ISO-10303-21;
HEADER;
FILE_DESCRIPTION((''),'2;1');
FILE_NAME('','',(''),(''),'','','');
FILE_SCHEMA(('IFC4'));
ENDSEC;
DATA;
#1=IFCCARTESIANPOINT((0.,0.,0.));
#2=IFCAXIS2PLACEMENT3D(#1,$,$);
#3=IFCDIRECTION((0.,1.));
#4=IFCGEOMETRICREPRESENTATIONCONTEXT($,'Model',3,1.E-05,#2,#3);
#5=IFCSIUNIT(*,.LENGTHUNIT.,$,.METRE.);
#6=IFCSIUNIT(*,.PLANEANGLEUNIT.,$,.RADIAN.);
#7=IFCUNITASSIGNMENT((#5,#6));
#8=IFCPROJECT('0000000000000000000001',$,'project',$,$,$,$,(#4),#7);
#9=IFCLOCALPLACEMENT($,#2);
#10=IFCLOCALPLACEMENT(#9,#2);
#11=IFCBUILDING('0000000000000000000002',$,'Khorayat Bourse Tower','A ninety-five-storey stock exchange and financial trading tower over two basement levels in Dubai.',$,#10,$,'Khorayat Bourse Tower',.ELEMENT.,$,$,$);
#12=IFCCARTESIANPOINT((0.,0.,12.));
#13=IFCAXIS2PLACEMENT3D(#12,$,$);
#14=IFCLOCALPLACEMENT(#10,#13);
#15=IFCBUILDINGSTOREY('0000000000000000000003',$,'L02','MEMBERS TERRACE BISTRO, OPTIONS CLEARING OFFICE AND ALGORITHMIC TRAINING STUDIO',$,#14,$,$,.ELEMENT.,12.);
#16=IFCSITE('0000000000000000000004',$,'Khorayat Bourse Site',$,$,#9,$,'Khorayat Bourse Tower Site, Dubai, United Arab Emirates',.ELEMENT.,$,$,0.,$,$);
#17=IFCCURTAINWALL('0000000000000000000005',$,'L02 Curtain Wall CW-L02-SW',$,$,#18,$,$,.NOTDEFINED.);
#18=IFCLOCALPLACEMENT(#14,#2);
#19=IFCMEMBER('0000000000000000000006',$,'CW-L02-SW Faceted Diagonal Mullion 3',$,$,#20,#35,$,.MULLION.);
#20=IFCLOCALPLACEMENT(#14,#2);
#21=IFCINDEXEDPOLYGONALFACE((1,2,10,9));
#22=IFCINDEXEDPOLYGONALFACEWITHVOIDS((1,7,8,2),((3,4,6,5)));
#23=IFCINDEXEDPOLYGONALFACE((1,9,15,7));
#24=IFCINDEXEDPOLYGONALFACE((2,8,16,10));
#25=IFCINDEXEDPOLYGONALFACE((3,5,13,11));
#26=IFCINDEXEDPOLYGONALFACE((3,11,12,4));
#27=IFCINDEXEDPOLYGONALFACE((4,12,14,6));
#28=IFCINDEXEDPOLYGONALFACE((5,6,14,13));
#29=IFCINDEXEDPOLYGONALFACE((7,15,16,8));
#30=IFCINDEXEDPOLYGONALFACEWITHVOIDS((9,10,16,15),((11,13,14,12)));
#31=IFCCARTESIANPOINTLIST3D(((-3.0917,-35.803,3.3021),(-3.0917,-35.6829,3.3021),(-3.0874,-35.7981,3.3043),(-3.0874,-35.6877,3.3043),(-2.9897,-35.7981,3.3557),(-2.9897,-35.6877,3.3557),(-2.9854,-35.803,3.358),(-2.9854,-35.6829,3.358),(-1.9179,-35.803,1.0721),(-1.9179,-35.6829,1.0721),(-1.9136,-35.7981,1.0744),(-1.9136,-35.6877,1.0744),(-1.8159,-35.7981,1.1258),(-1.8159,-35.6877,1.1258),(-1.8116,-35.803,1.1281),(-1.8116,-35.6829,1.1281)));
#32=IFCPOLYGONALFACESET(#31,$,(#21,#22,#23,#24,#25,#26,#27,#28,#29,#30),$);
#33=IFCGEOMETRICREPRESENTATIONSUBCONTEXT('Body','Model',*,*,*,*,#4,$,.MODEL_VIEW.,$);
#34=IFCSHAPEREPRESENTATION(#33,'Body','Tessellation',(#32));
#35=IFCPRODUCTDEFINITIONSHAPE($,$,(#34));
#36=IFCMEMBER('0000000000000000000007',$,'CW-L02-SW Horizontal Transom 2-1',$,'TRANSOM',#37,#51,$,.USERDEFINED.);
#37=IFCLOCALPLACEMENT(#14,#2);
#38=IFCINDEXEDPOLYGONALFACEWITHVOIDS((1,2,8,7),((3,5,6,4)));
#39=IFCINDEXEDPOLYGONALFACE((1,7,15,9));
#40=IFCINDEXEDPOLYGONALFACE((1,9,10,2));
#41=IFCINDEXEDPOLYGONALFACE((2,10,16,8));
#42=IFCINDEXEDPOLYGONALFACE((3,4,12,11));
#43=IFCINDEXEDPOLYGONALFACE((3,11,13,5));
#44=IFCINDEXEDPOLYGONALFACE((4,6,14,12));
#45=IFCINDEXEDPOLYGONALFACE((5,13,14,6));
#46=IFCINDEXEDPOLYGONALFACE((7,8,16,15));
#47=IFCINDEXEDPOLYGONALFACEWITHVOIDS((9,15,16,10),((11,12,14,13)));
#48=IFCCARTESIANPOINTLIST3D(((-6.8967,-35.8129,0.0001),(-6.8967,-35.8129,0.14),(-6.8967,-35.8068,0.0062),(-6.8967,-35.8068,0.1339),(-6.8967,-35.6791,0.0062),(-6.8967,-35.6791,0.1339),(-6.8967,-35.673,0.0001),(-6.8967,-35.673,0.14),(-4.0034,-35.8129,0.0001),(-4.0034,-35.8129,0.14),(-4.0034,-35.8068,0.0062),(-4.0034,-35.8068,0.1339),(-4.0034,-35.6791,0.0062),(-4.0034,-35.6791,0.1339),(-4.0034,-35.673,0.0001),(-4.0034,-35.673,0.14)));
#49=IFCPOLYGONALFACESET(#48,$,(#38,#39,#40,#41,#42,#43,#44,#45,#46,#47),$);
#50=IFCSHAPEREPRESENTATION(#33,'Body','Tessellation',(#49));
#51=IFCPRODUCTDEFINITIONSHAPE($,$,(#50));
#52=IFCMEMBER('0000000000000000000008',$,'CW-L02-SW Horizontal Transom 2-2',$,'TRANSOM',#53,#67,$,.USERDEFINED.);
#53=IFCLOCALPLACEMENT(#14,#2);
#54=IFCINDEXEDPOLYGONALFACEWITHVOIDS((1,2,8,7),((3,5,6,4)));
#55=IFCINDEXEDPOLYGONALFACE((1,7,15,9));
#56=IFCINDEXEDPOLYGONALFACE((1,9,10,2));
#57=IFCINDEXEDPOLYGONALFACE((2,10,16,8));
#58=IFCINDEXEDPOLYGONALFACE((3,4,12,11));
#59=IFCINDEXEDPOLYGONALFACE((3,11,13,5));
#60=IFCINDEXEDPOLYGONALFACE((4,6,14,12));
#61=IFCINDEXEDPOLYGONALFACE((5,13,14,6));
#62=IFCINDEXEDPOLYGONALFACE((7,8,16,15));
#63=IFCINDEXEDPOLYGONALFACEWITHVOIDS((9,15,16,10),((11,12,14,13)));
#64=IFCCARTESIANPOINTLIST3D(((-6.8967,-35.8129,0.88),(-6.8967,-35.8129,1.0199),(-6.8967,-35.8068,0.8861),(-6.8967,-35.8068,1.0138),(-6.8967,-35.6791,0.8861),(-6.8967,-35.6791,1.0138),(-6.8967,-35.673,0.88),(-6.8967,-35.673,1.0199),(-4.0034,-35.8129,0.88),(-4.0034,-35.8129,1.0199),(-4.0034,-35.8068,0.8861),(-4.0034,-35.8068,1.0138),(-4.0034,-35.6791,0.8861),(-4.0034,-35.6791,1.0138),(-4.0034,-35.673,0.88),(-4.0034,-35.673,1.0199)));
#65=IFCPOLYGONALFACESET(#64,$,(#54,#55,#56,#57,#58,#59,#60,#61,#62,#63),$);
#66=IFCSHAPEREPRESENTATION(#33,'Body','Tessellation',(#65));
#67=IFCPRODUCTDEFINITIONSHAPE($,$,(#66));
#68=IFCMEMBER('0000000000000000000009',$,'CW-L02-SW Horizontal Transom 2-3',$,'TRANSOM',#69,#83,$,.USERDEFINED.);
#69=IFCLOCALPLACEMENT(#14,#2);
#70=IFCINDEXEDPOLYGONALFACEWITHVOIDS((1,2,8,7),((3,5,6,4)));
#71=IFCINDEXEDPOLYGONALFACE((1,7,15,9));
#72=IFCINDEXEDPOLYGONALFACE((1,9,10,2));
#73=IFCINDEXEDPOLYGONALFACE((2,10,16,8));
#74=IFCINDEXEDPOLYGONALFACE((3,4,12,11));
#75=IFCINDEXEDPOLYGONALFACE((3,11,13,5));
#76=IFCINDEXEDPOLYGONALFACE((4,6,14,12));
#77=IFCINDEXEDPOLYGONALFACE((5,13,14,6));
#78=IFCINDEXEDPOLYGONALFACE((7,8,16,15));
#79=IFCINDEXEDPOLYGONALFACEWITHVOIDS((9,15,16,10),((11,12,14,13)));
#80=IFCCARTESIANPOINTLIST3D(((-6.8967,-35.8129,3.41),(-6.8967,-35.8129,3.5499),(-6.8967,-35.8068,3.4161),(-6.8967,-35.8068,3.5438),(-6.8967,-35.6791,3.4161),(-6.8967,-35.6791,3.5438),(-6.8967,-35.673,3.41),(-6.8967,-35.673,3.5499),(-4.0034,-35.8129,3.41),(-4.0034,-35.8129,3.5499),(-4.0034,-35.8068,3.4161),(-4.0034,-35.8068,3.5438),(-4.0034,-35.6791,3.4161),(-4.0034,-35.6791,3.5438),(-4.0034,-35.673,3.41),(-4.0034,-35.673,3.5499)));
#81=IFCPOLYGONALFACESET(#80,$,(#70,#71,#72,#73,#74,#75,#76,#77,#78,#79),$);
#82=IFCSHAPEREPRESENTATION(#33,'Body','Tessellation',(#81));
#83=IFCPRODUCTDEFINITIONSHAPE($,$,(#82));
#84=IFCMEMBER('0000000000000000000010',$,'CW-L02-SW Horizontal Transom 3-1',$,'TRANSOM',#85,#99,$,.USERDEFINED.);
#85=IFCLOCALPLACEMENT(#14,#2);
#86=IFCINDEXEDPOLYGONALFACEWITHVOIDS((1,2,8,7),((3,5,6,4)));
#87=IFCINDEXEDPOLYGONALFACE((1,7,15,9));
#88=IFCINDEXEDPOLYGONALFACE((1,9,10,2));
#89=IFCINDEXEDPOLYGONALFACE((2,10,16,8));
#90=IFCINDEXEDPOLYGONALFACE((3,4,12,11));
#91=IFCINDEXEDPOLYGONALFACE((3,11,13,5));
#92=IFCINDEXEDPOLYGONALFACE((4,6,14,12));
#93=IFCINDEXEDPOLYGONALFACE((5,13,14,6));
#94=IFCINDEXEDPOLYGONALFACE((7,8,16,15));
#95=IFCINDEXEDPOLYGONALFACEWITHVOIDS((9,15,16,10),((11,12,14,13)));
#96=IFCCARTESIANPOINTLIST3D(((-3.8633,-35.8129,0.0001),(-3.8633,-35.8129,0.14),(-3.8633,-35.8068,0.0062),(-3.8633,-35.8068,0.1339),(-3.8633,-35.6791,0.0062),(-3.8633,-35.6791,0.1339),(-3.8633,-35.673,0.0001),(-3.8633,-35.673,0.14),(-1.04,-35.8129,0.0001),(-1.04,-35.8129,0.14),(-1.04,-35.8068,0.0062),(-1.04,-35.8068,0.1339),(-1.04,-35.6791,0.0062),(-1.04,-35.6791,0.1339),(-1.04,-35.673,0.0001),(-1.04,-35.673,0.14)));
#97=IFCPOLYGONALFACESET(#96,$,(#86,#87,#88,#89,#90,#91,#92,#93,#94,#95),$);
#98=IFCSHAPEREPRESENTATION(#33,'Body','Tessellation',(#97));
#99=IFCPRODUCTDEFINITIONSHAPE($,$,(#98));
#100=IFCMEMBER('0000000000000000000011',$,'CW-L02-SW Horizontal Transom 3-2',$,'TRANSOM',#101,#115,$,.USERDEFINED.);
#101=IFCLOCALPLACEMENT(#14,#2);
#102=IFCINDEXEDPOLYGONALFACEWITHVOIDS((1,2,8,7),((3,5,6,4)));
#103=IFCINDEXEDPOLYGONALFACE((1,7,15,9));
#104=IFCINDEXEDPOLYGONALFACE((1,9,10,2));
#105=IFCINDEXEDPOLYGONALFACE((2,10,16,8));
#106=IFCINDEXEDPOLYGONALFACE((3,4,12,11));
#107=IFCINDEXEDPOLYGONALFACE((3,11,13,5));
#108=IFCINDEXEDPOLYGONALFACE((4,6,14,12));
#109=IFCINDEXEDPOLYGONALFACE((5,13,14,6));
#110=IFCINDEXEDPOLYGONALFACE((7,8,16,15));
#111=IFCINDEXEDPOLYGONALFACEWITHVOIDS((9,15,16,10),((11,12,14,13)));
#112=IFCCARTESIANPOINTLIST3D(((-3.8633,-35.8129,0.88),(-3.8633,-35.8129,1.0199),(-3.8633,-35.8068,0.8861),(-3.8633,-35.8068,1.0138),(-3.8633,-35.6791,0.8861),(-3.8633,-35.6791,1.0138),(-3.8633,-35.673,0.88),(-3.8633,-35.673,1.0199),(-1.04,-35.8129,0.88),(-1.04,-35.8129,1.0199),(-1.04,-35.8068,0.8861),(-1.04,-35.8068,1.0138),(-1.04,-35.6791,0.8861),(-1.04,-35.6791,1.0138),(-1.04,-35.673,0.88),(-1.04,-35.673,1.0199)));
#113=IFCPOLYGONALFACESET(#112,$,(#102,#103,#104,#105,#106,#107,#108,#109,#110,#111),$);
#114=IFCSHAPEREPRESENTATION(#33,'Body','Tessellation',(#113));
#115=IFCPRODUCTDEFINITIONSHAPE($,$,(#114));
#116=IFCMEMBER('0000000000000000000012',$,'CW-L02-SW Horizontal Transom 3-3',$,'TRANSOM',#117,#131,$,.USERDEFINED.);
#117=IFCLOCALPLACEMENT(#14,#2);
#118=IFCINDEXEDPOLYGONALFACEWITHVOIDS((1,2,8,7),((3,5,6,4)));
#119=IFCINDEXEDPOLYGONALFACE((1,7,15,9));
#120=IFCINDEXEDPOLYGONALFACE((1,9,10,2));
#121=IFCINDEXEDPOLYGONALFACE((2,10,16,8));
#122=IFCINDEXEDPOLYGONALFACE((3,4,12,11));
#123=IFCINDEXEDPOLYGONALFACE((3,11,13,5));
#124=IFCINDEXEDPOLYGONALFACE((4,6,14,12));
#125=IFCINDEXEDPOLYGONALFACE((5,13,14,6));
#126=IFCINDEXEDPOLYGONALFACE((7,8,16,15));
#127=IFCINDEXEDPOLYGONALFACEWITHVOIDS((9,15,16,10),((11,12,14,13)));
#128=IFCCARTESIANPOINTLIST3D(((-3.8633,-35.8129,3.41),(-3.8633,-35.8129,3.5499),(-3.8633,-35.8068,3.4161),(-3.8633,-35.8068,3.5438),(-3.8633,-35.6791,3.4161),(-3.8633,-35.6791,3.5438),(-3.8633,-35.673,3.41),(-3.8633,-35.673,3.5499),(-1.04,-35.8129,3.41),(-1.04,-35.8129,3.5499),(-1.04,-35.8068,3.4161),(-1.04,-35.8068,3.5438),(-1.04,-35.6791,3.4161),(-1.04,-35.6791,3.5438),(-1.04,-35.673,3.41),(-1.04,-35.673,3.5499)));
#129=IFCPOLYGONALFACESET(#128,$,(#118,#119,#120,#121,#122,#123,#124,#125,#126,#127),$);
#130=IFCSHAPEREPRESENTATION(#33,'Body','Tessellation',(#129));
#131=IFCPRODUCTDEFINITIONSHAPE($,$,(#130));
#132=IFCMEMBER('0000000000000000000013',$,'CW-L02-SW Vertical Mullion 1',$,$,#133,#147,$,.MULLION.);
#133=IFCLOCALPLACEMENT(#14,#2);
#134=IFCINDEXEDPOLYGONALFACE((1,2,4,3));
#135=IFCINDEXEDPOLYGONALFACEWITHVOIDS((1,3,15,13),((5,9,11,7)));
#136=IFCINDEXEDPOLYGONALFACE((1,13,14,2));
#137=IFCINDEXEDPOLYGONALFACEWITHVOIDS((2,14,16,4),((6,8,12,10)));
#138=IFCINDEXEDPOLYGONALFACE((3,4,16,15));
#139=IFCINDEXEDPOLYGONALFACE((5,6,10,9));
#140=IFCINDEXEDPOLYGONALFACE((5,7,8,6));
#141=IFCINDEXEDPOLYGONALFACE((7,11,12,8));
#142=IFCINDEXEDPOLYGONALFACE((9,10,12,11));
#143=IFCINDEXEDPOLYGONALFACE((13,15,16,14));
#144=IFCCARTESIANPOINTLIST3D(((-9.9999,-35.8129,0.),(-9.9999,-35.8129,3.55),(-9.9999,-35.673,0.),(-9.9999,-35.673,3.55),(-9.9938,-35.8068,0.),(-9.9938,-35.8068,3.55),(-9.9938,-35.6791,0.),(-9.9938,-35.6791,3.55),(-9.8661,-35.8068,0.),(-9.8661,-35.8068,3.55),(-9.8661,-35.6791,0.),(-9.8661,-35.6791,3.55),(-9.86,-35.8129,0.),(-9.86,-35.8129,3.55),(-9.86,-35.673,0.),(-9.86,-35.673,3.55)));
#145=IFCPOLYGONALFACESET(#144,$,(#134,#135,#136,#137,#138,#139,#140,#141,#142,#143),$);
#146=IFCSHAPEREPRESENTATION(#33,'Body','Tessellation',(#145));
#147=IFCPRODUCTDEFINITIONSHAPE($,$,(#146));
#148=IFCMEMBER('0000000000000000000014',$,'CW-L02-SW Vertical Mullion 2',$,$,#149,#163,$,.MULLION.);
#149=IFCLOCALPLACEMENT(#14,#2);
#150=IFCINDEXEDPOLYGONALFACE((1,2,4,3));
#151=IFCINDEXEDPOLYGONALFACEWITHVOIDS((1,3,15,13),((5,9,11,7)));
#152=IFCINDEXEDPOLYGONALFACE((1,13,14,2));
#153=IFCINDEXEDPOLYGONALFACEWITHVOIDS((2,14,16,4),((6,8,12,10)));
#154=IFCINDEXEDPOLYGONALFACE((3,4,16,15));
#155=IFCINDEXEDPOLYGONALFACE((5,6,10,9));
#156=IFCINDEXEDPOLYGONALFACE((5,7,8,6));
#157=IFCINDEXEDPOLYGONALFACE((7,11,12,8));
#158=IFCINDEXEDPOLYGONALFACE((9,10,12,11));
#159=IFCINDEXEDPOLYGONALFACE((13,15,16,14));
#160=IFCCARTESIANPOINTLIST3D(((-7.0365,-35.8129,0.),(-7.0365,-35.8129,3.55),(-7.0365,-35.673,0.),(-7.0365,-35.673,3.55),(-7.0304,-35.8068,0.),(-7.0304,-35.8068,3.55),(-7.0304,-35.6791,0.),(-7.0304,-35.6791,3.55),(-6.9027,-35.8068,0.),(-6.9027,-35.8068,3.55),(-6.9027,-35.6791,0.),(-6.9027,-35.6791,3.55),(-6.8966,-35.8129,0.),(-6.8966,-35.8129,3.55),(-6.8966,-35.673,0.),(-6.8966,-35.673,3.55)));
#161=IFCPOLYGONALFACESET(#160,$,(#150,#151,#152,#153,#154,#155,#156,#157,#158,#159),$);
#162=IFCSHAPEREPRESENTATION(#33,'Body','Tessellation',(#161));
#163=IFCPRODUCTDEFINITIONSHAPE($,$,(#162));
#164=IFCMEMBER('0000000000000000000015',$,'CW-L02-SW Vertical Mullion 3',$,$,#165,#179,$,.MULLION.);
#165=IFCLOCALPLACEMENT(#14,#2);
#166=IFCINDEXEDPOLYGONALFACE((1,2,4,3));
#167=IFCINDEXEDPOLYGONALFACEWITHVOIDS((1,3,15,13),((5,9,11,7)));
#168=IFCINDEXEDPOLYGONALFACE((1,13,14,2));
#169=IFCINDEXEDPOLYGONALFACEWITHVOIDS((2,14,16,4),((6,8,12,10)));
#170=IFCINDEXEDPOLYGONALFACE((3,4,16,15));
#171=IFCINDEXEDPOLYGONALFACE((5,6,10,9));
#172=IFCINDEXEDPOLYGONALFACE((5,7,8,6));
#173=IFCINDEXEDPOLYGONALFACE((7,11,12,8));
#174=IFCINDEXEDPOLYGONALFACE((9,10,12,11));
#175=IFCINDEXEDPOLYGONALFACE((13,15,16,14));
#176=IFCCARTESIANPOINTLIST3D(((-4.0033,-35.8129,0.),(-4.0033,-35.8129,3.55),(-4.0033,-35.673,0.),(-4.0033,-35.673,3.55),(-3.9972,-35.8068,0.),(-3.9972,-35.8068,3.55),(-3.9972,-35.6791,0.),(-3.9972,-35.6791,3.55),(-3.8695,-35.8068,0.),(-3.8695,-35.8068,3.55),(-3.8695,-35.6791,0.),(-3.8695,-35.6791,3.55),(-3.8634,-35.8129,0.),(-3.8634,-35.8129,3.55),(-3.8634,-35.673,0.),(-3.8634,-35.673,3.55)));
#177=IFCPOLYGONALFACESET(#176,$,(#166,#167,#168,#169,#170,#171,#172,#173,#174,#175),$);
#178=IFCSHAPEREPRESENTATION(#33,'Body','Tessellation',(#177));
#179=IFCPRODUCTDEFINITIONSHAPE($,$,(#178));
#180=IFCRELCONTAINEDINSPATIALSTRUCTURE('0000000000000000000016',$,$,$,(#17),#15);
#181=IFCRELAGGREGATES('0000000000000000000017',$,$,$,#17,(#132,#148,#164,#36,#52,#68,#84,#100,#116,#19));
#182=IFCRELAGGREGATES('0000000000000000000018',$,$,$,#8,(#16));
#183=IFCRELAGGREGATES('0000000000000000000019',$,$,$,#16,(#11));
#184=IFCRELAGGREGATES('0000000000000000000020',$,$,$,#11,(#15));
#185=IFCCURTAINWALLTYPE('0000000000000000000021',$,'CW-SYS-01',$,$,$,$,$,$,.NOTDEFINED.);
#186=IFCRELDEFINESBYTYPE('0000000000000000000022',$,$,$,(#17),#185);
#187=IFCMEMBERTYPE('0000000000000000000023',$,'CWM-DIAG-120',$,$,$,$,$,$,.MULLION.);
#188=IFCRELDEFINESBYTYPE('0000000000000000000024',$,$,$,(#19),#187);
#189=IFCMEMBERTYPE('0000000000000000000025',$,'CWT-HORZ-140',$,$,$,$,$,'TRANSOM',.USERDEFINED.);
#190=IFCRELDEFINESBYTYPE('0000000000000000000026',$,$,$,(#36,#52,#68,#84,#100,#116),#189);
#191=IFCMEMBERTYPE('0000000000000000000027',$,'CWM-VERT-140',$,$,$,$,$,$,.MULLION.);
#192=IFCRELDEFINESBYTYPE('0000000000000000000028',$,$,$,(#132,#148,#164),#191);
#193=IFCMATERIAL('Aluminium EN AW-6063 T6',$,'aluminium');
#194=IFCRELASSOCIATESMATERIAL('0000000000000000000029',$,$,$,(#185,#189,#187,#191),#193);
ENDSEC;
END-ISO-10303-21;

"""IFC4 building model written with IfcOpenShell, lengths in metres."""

from ifc_helpers import new_model, si_unit, direction, frame, origin, origin_2d, place, context, subcontext, project, spatial, hollow_rectangle, extrude, source, transform, mapped, material, material_profile, profile_set, type_object, element, aggregate, save


model = new_model("IFC4")

# Units and contexts
model_context = context("Model", 3, precision=1e-05, world=origin(), true_north=direction((0.0, 1.0)))
body_context = subcontext(model_context, "Body", "Model", "MODEL_VIEW")
ifc_project = project(units=[si_unit("LENGTHUNIT", "METRE"), si_unit("PLANEANGLEUNIT", "RADIAN")], contexts=[model_context])

# Site, building, storey
site_placement = place(None, origin())
site = spatial("IfcSite", under=ifc_project, at=site_placement, Name="Khorayat Bourse Site", LongName="Khorayat Bourse Tower Site, Dubai, United Arab Emirates", CompositionType="ELEMENT", RefElevation=0.0)
building_placement = place(site_placement, origin())
building = spatial("IfcBuilding", under=site, at=building_placement, Name="Khorayat Bourse Tower", Description="A ninety-five-storey stock exchange and financial trading tower over two basement levels in Dubai.", LongName="Khorayat Bourse Tower", CompositionType="ELEMENT")
storey_placement = place(building_placement, frame((0.0, 0.0, 12.0)))
storey = spatial("IfcBuildingStorey", under=building, at=storey_placement, Name="L02", Description="MEMBERS TERRACE BISTRO, OPTIONS CLEARING OFFICE AND ALGORITHMIC TRAINING STUDIO", CompositionType="ELEMENT", Elevation=12.0)

# Curtain wall, members
ifc_material_1 = material(Name="Aluminium EN AW-6063 T6", Category="aluminium")
curtain_wall_type = type_object("IfcCurtainWallType", Name="CW-SYS-01", PredefinedType="NOTDEFINED", material=ifc_material_1)
curtain_wall_placement = place(storey_placement, origin())
curtain_wall = element("IfcCurtainWall", 1, at=curtain_wall_placement, inside=storey, type_object=curtain_wall_type, Name="L02 Curtain Wall CW-L02-SW", PredefinedType="NOTDEFINED")
ifc_material_profile_1 = material_profile(ifc_material_1, hollow_rectangle(XDim=0.1399, YDim=0.1399, WallThickness=0.0061, at=origin_2d()), Name="ALU 140x140x6")
ifc_profile_set_1 = profile_set([ifc_material_profile_1], Name="Aluminium EN AW-6063 T6")
member_type_1 = type_object("IfcMemberType", Name="CWT-HORZ-140", ElementType="TRANSOM", PredefinedType="USERDEFINED", material=ifc_profile_set_1)
ifc_material_profile_2 = material_profile(ifc_material_1, hollow_rectangle(XDim=0.1201, YDim=0.1201, WallThickness=0.0049, at=origin_2d()), Name="ALU 120x120x5")
ifc_profile_set_2 = profile_set([ifc_material_profile_2], Name="Aluminium EN AW-6063 T6")
member_type_2 = type_object("IfcMemberType", Name="CWM-DIAG-120", PredefinedType="MULLION", material=ifc_profile_set_2)
shared_shape_1 = source(origin(), body_context, "Body", "SweptSolid", [
    extrude(hollow_rectangle(XDim=0.1201, YDim=0.1201, WallThickness=0.0049, at=origin_2d()), origin(), (0.0, 0.0, 1.0), 2.52),
])
member_1_placement = place(storey_placement, frame((-1.8647, -35.7429, 1.1001), z_axis=(-0.465794, 0.0, 0.884893), x_axis=(0.0, -1.0, 0.0)))
member_1 = element("IfcMember", 2, at=member_1_placement, type_object=member_type_2, Name="CW-L02-SW Faceted Diagonal Mullion 3", PredefinedType="MULLION", context=body_context, shape_type="MappedRepresentation", body=[
    mapped(shared_shape_1, transform((0.0, 0.0, 0.0), scale=1.0)),
])
shared_shape_2 = source(origin(), body_context, "Body", "SweptSolid", [
    extrude(hollow_rectangle(XDim=0.1399, YDim=0.1399, WallThickness=0.0061, at=origin_2d()), origin(), (0.0, 0.0, 1.0), 2.8933),
])
member_2_placement = place(storey_placement, frame((-6.8967, -35.7429, 0.0701), z_axis=(1.0, 0.0, 0.0), x_axis=(0.0, 1.0, 0.0)))
member_2 = element("IfcMember", 3, at=member_2_placement, type_object=member_type_1, Name="CW-L02-SW Horizontal Transom 2-1", ObjectType="TRANSOM", PredefinedType="USERDEFINED", context=body_context, shape_type="MappedRepresentation", body=[
    mapped(shared_shape_2, transform((0.0, 0.0, 0.0), scale=1.0)),
])
member_3_placement = place(storey_placement, frame((-6.8967, -35.7429, 0.95), z_axis=(1.0, 0.0, 0.0), x_axis=(0.0, 1.0, 0.0)))
member_3 = element("IfcMember", 4, at=member_3_placement, type_object=member_type_1, Name="CW-L02-SW Horizontal Transom 2-2", ObjectType="TRANSOM", PredefinedType="USERDEFINED", context=body_context, shape_type="MappedRepresentation", body=[
    mapped(shared_shape_2, transform((0.0, 0.0, 0.0), scale=1.0)),
])
member_4_placement = place(storey_placement, frame((-6.8967, -35.7429, 3.48), z_axis=(1.0, 0.0, 0.0), x_axis=(0.0, 1.0, 0.0)))
member_4 = element("IfcMember", 5, at=member_4_placement, type_object=member_type_1, Name="CW-L02-SW Horizontal Transom 2-3", ObjectType="TRANSOM", PredefinedType="USERDEFINED", context=body_context, shape_type="MappedRepresentation", body=[
    mapped(shared_shape_2, transform((0.0, 0.0, 0.0), scale=1.0)),
])
shared_shape_3 = source(origin(), body_context, "Body", "SweptSolid", [
    extrude(hollow_rectangle(XDim=0.1399, YDim=0.1399, WallThickness=0.0061, at=origin_2d()), origin(), (0.0, 0.0, 1.0), 2.8232),
])
member_5_placement = place(storey_placement, frame((-3.8633, -35.7429, 0.0701), z_axis=(1.0, 0.0, 0.0), x_axis=(0.0, 1.0, 0.0)))
member_5 = element("IfcMember", 6, at=member_5_placement, type_object=member_type_1, Name="CW-L02-SW Horizontal Transom 3-1", ObjectType="TRANSOM", PredefinedType="USERDEFINED", context=body_context, shape_type="MappedRepresentation", body=[
    mapped(shared_shape_3, transform((0.0, 0.0, 0.0), scale=1.0)),
])
member_6_placement = place(storey_placement, frame((-3.8633, -35.7429, 0.95), z_axis=(1.0, 0.0, 0.0), x_axis=(0.0, 1.0, 0.0)))
member_6 = element("IfcMember", 7, at=member_6_placement, type_object=member_type_1, Name="CW-L02-SW Horizontal Transom 3-2", ObjectType="TRANSOM", PredefinedType="USERDEFINED", context=body_context, shape_type="MappedRepresentation", body=[
    mapped(shared_shape_3, transform((0.0, 0.0, 0.0), scale=1.0)),
])
member_7_placement = place(storey_placement, frame((-3.8633, -35.7429, 3.48), z_axis=(1.0, 0.0, 0.0), x_axis=(0.0, 1.0, 0.0)))
member_7 = element("IfcMember", 8, at=member_7_placement, type_object=member_type_1, Name="CW-L02-SW Horizontal Transom 3-3", ObjectType="TRANSOM", PredefinedType="USERDEFINED", context=body_context, shape_type="MappedRepresentation", body=[
    mapped(shared_shape_3, transform((0.0, 0.0, 0.0), scale=1.0)),
])
ifc_material_profile_3 = material_profile(ifc_material_1, hollow_rectangle(XDim=0.1399, YDim=0.1399, WallThickness=0.0061, at=origin_2d()), Name="ALU 140x140x6")
ifc_profile_set_3 = profile_set([ifc_material_profile_3], Name="Aluminium EN AW-6063 T6")
member_type_3 = type_object("IfcMemberType", Name="CWM-VERT-140", PredefinedType="MULLION", material=ifc_profile_set_3)
shared_shape_4 = source(origin(), body_context, "Body", "SweptSolid", [
    extrude(hollow_rectangle(XDim=0.1399, YDim=0.1399, WallThickness=0.0061, at=origin_2d()), origin(), (0.0, 0.0, 1.0), 3.55),
])
member_8_placement = place(storey_placement, frame((-9.9299, -35.7429, 0.0), z_axis=(0.0, 0.0, 1.0), x_axis=(0.0, 1.0, 0.0)))
member_8 = element("IfcMember", 9, at=member_8_placement, type_object=member_type_3, Name="CW-L02-SW Vertical Mullion 1", PredefinedType="MULLION", context=body_context, shape_type="MappedRepresentation", body=[
    mapped(shared_shape_4, transform((0.0, 0.0, 0.0), scale=1.0)),
])
member_9_placement = place(storey_placement, frame((-6.9666, -35.7429, 0.0), z_axis=(0.0, 0.0, 1.0), x_axis=(0.0, 1.0, 0.0)))
member_9 = element("IfcMember", 10, at=member_9_placement, type_object=member_type_3, Name="CW-L02-SW Vertical Mullion 2", PredefinedType="MULLION", context=body_context, shape_type="MappedRepresentation", body=[
    mapped(shared_shape_4, transform((0.0, 0.0, 0.0), scale=1.0)),
])
member_10_placement = place(storey_placement, frame((-3.9333, -35.7429, 0.0), z_axis=(0.0, 0.0, 1.0), x_axis=(0.0, 1.0, 0.0)))
member_10 = element("IfcMember", 11, at=member_10_placement, type_object=member_type_3, Name="CW-L02-SW Vertical Mullion 3", PredefinedType="MULLION", context=body_context, shape_type="MappedRepresentation", body=[
    mapped(shared_shape_4, transform((0.0, 0.0, 0.0), scale=1.0)),
])
aggregate(curtain_wall, [member_8, member_9, member_10, member_2, member_3, member_4, member_5, member_6, member_7, member_1])

save(model, "model.ifc")
